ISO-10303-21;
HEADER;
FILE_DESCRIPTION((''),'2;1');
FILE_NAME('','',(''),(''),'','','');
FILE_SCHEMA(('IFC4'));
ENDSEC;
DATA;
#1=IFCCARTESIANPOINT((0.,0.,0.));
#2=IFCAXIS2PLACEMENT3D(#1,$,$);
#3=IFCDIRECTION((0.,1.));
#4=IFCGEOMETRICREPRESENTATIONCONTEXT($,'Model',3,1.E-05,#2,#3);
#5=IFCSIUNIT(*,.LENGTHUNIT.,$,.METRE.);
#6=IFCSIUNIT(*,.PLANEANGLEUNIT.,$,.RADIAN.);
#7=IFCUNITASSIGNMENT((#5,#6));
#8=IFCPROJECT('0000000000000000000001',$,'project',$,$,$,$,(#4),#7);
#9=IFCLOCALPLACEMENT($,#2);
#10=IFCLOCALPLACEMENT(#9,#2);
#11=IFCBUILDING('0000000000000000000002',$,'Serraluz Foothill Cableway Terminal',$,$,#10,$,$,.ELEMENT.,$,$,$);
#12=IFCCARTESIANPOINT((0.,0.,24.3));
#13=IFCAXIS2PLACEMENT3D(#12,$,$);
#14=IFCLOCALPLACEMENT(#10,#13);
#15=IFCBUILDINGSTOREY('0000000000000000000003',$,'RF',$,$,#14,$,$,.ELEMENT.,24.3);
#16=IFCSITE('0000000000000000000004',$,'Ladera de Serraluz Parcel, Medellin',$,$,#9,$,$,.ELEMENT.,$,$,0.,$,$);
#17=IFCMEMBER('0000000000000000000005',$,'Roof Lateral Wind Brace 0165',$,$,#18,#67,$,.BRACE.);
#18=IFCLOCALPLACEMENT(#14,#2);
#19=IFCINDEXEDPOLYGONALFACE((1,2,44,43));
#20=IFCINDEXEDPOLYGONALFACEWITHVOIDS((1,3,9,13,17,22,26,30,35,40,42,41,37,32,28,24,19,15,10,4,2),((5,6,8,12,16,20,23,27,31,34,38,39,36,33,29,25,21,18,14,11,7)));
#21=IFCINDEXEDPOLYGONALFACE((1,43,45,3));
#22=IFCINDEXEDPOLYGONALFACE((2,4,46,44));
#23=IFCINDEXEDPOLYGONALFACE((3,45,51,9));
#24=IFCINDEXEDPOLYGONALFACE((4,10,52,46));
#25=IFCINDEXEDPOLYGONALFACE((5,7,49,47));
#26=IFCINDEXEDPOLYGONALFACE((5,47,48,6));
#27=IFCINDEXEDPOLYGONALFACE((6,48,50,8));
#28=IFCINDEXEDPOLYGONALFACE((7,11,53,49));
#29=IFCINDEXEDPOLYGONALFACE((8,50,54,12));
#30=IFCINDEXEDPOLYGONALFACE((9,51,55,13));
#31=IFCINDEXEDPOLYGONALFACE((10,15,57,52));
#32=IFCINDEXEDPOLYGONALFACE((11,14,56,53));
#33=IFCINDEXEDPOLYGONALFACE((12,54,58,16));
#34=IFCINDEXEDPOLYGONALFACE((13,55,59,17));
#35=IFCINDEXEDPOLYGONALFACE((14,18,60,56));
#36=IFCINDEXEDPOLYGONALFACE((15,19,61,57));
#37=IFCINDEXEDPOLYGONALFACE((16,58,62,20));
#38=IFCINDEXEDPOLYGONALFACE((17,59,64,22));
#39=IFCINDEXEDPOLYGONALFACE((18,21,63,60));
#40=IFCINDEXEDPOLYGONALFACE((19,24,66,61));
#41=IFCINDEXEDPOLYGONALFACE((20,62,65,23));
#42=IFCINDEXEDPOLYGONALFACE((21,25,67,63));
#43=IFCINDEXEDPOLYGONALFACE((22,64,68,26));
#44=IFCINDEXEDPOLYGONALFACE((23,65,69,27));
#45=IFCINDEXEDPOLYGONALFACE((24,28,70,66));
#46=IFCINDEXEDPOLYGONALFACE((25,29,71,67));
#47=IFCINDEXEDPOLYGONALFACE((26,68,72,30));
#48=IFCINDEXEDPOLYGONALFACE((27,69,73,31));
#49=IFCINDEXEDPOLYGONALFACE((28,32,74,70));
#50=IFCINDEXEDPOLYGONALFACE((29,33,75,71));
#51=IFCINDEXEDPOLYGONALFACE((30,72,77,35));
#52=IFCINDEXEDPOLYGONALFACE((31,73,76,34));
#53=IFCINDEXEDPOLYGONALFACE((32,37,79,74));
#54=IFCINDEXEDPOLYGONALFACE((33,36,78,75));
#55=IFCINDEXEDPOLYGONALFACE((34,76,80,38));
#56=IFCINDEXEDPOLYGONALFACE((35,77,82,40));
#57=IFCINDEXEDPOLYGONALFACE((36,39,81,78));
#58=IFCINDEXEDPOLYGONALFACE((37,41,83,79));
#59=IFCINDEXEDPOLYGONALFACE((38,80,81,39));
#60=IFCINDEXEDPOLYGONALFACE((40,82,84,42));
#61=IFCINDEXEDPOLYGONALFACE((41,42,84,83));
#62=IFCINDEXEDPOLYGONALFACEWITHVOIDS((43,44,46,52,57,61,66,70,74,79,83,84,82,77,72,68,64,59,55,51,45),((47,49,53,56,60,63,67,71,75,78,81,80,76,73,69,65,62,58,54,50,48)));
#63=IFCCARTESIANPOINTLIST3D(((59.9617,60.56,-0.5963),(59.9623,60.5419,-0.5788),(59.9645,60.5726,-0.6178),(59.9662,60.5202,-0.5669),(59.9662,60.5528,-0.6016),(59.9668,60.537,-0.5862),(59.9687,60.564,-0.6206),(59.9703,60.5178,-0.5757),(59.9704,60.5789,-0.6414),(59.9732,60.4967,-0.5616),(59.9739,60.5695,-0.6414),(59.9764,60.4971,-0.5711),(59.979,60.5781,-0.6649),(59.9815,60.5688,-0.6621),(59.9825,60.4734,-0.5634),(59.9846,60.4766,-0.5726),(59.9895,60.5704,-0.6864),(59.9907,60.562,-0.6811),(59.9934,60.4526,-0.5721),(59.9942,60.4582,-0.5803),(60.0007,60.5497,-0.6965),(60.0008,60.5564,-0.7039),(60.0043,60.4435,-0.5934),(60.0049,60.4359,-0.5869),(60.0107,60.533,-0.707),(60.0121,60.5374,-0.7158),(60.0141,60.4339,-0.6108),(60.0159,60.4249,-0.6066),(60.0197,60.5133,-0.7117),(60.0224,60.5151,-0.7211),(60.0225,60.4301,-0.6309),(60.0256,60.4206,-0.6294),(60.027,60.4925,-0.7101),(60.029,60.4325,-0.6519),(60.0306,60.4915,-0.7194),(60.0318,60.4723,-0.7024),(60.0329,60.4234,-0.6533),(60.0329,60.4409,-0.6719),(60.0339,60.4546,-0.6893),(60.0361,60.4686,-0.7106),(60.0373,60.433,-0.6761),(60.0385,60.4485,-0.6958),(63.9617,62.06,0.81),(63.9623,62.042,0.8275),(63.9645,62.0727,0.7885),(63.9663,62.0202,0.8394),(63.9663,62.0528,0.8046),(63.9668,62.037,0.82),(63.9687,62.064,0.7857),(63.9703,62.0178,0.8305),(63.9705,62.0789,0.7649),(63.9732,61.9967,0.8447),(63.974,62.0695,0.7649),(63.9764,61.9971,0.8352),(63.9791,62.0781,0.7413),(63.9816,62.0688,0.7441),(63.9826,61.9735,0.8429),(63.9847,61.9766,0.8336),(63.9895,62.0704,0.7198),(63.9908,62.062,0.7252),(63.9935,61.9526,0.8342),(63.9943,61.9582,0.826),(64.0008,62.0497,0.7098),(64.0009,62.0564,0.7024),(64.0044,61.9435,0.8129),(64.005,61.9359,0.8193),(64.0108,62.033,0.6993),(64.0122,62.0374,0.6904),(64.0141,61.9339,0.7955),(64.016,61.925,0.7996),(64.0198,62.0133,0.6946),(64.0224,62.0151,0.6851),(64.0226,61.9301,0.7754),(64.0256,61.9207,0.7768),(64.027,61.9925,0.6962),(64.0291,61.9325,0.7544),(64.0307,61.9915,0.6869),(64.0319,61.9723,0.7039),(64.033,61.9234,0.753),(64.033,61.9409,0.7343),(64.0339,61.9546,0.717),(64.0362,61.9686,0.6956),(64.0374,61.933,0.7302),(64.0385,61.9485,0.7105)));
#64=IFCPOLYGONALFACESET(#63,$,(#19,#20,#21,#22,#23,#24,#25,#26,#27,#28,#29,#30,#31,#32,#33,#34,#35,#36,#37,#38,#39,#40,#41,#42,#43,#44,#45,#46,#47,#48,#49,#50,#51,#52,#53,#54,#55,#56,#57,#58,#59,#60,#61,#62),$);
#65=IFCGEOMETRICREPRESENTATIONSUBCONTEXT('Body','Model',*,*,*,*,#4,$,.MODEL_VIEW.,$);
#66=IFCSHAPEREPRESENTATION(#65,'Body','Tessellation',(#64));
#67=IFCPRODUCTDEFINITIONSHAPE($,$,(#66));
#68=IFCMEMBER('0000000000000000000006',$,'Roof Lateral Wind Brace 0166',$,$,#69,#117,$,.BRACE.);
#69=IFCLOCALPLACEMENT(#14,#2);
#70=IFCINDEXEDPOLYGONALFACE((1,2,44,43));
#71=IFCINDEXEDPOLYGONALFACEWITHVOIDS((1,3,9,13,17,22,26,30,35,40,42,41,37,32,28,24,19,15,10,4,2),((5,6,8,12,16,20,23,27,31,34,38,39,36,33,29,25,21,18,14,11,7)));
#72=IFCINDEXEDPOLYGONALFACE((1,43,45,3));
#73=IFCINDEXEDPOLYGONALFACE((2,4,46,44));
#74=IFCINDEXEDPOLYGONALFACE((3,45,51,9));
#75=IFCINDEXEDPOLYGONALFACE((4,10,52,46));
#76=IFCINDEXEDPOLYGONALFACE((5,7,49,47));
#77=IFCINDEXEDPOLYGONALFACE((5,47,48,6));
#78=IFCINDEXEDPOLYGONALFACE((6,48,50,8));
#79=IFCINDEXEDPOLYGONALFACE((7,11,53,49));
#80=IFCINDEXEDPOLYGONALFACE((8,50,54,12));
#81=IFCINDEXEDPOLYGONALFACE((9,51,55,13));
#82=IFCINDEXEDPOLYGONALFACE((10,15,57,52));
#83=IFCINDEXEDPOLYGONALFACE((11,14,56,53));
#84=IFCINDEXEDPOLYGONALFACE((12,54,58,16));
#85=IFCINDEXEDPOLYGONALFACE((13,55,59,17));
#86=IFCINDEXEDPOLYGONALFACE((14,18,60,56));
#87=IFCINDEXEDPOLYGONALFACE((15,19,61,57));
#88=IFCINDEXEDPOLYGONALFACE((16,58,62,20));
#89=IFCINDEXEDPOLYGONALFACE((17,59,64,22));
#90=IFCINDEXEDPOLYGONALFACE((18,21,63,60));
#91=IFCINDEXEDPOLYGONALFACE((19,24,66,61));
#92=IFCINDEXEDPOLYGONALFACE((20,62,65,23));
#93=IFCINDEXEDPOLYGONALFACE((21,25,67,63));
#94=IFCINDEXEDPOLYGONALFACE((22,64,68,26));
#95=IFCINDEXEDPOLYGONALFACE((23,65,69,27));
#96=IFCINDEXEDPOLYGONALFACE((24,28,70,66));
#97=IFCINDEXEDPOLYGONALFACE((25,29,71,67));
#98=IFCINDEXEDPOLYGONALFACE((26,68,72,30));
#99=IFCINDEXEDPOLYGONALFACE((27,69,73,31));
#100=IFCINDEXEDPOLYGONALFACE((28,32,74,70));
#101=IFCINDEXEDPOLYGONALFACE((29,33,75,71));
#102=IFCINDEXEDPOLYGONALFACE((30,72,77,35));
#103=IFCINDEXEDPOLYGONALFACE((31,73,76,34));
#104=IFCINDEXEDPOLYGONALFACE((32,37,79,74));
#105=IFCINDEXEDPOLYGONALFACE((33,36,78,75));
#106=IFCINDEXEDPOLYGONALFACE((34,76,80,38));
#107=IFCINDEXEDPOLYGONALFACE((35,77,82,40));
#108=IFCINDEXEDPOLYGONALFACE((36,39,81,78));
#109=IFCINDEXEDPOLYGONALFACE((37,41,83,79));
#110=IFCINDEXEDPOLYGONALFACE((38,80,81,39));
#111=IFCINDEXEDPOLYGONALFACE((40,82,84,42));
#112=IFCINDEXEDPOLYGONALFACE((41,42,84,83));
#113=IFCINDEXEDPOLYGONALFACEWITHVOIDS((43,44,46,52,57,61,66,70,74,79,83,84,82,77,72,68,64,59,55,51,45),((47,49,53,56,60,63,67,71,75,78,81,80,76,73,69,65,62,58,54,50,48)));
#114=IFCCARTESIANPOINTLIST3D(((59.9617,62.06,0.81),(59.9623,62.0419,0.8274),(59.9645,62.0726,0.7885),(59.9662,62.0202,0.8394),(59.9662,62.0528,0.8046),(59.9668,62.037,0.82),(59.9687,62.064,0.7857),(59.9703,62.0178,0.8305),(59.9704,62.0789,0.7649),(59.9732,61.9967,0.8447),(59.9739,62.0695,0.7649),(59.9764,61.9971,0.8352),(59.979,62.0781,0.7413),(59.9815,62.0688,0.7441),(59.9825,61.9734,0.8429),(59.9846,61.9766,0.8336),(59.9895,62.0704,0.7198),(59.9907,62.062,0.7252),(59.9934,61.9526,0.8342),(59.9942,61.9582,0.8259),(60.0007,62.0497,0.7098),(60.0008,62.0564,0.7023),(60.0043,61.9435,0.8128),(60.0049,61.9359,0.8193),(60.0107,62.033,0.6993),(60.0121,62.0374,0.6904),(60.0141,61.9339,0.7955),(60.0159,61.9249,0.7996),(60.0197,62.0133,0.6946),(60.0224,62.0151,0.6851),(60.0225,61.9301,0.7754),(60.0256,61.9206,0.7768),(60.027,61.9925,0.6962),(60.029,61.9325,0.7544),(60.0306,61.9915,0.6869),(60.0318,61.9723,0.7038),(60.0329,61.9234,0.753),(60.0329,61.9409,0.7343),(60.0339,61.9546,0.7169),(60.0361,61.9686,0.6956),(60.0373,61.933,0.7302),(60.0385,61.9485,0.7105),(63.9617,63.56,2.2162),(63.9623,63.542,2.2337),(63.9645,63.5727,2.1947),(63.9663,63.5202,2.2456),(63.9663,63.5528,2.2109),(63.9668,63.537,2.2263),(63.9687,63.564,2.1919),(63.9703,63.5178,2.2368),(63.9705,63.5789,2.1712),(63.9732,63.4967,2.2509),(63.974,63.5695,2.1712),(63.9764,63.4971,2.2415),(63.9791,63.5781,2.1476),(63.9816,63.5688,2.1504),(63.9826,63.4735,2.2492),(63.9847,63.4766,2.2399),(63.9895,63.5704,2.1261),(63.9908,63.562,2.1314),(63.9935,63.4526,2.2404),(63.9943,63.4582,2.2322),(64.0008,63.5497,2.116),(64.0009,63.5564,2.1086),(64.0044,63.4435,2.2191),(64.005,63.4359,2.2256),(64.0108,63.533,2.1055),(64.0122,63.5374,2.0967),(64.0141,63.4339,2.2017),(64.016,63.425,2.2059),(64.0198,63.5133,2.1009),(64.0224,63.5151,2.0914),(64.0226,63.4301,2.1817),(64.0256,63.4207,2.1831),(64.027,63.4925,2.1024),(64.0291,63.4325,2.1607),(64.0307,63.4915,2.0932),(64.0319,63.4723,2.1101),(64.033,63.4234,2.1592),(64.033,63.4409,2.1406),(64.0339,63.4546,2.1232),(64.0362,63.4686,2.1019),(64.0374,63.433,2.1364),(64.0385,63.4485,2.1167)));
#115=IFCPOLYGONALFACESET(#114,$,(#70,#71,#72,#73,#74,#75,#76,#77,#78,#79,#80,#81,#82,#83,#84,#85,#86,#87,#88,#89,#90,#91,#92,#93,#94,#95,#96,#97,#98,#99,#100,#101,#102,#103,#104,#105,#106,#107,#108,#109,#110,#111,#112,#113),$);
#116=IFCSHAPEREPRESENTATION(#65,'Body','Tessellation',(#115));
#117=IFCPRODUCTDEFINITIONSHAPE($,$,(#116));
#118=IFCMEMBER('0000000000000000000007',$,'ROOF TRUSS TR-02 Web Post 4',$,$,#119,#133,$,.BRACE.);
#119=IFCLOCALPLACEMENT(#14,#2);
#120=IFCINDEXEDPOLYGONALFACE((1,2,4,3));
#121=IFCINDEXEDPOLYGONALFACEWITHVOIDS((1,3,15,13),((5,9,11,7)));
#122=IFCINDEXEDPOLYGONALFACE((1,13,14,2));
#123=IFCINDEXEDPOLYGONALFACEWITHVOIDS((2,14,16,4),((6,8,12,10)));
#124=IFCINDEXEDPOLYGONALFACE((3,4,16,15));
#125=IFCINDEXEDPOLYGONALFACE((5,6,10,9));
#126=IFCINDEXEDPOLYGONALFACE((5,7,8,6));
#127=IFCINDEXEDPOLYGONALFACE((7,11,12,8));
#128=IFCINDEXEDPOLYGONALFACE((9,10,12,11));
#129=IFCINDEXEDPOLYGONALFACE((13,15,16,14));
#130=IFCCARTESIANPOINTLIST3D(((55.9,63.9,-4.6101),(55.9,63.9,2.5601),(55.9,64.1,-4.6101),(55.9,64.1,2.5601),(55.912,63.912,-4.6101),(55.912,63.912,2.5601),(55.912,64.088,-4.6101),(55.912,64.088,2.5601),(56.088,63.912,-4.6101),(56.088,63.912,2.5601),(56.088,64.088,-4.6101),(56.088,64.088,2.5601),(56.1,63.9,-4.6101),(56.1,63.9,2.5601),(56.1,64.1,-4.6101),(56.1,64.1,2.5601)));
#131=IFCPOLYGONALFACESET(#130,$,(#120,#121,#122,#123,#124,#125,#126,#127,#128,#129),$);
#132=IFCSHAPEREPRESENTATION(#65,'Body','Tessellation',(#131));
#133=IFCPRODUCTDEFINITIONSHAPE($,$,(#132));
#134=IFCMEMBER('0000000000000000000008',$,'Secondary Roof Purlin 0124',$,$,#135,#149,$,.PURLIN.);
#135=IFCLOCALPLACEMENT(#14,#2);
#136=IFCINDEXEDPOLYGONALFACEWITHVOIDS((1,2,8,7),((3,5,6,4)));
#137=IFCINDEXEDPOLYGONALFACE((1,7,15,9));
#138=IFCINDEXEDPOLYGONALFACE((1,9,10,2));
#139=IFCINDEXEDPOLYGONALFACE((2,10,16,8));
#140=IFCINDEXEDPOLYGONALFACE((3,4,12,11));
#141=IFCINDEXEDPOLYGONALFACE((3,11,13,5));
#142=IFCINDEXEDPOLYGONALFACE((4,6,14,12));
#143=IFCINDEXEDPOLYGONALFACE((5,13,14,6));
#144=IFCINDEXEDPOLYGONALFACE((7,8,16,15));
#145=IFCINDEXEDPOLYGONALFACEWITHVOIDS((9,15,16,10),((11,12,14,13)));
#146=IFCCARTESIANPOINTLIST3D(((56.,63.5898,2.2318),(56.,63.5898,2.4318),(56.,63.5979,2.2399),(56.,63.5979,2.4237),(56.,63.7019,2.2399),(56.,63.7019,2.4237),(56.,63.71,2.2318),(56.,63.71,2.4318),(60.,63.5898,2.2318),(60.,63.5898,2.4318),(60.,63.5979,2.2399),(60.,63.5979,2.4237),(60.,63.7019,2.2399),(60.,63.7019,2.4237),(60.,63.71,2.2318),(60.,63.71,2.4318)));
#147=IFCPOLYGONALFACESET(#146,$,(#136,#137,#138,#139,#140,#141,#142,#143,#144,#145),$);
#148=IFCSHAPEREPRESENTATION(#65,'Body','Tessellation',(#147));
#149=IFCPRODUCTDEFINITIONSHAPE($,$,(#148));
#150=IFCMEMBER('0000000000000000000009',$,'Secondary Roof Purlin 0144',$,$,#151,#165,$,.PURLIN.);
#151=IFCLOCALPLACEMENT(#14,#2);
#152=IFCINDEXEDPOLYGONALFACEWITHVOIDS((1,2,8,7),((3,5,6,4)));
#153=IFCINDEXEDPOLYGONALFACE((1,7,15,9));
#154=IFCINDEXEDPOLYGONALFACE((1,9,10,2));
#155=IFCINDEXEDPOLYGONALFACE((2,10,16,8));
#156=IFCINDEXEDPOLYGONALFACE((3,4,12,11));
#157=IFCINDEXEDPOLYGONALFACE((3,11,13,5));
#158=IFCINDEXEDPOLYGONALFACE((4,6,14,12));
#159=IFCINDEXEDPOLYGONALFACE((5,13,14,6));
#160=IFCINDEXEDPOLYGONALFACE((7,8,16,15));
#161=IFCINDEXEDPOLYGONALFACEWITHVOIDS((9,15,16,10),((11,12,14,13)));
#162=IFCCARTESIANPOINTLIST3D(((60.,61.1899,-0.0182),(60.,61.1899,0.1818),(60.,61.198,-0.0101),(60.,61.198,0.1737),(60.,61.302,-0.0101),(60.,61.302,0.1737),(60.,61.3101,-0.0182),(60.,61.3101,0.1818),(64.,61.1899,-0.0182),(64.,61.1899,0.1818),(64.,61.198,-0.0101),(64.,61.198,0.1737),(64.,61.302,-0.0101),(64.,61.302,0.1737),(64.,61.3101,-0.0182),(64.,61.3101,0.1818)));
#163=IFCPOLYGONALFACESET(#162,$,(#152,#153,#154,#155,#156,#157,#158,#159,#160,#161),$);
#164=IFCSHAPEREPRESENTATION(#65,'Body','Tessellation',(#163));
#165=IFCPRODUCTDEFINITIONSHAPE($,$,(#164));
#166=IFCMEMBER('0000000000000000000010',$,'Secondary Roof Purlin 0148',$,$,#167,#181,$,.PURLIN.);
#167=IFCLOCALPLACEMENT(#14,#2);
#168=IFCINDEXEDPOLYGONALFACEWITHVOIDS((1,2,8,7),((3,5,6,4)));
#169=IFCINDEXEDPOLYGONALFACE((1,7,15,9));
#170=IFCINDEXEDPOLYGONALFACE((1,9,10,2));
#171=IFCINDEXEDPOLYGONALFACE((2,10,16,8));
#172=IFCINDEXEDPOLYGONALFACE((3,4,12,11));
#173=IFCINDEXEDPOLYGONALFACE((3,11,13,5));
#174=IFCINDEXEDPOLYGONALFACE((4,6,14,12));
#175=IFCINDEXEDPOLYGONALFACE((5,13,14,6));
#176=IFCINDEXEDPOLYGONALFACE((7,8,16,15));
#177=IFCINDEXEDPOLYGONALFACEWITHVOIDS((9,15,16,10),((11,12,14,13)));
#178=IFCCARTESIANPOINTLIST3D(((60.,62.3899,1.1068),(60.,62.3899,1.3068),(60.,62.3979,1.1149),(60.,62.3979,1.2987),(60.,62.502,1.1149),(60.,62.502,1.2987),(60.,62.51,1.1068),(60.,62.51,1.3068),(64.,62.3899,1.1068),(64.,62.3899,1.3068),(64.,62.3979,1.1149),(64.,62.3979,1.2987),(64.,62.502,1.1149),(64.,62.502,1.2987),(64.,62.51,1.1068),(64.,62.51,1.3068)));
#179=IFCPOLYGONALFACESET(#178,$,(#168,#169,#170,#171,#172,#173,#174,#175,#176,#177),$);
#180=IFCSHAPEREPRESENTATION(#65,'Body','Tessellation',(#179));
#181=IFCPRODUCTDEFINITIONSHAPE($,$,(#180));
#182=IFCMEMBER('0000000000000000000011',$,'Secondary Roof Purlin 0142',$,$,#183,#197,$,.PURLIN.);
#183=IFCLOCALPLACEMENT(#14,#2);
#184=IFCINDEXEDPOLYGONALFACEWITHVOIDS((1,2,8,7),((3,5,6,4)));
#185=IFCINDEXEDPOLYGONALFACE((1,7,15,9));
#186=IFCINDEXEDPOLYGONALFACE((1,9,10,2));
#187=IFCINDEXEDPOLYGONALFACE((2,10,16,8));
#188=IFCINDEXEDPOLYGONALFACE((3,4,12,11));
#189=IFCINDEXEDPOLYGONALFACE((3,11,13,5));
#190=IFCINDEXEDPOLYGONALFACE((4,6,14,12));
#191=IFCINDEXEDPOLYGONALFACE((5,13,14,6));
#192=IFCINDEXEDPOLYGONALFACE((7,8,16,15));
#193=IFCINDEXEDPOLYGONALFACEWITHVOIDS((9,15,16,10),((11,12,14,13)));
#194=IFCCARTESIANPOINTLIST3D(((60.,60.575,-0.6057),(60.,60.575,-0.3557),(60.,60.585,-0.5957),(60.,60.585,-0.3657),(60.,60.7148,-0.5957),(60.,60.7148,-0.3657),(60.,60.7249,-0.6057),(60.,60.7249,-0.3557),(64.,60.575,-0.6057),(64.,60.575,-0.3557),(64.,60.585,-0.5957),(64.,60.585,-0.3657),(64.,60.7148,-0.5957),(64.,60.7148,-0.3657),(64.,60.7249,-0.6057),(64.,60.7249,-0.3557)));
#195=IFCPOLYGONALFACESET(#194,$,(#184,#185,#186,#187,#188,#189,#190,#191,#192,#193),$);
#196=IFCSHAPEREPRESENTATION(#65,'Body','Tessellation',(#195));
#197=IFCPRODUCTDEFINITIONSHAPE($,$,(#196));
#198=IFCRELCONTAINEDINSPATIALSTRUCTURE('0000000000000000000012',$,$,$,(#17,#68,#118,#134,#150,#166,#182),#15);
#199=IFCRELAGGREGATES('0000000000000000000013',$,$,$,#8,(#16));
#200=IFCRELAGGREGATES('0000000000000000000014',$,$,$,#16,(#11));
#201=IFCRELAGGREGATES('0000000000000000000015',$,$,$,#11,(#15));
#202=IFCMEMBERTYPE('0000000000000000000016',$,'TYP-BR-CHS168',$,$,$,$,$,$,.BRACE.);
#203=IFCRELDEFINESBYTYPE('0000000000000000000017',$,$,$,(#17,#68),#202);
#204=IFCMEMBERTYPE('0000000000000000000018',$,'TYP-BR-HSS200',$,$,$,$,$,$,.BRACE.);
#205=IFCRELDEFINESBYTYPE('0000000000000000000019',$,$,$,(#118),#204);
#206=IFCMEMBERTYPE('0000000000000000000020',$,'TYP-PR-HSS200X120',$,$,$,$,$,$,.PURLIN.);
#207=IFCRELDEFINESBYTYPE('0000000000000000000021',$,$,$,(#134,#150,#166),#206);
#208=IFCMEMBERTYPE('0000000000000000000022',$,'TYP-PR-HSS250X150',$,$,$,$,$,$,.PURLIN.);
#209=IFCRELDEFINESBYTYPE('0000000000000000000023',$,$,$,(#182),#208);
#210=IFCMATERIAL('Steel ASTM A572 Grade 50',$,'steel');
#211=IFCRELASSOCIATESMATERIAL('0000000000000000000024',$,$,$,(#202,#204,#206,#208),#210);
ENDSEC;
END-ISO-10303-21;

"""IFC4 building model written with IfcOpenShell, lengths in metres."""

from ifc_helpers import new_model, si_unit, direction, frame, origin, origin_2d, place, context, subcontext, project, spatial, hollow_rectangle, hollow_circle, extrude, material, material_profile, profile_set, type_object, element, save


model = new_model("IFC4")

# Units and contexts
model_context = context("Model", 3, precision=1e-05, world=origin(), true_north=direction((0.0, 1.0)))
body_context = subcontext(model_context, "Body", "Model", "MODEL_VIEW")
ifc_project = project(units=[si_unit("LENGTHUNIT", "METRE"), si_unit("PLANEANGLEUNIT", "RADIAN")], contexts=[model_context])

# Site, building, storey
site_placement = place(None, origin())
site = spatial("IfcSite", under=ifc_project, at=site_placement, Name="Ladera de Serraluz Parcel, Medellin", CompositionType="ELEMENT", RefElevation=0.0)
building_placement = place(site_placement, origin())
building = spatial("IfcBuilding", under=site, at=building_placement, Name="Serraluz Foothill Cableway Terminal", CompositionType="ELEMENT")
storey_placement = place(building_placement, frame((0.0, 0.0, 24.3)))
storey = spatial("IfcBuildingStorey", under=building, at=storey_placement, Name="RF", CompositionType="ELEMENT", Elevation=24.3)

# Members
ifc_material_1 = material(Name="Steel ASTM A572 Grade 50", Category="steel")
ifc_material_profile_1 = material_profile(ifc_material_1, hollow_circle(Radius=0.0842, WallThickness=0.01, at=origin_2d()), Name="CHS168X10")
ifc_profile_set_1 = profile_set([ifc_material_profile_1], Name="Steel ASTM A572 Grade 50")
member_type_1 = type_object("IfcMemberType", Name="TYP-BR-CHS168", PredefinedType="BRACE", material=ifc_profile_set_1)
for number, where, z_axis, x_axis, name in (
    (1, (60.0, 60.5, -0.6414), (0.889382, 0.333518, 0.312673), (-0.351123, 0.936329, 0.0), "Roof Lateral Wind Brace 0165"),
    (2, (60.0, 62.0, 0.7649), (0.889382, 0.333518, 0.312673), (-0.351123, 0.936329, 0.0), "Roof Lateral Wind Brace 0166"),
):
    element("IfcMember", number, at=place(storey_placement, frame(where, z_axis=z_axis, x_axis=x_axis)), inside=storey, type_object=member_type_1, Name=name, PredefinedType="BRACE", context=body_context, shape_type="SweptSolid", body=[
        extrude(hollow_circle(Radius=0.0842, WallThickness=0.01, at=origin_2d()), origin(), (0.0, 0.0, 1.0), 4.4976),
    ])
ifc_material_profile_2 = material_profile(ifc_material_1, hollow_rectangle(XDim=0.2, YDim=0.2, WallThickness=0.012, at=origin_2d()), Name="HSS200X200X12")
ifc_profile_set_2 = profile_set([ifc_material_profile_2], Name="Steel ASTM A572 Grade 50")
member_type_2 = type_object("IfcMemberType", Name="TYP-BR-HSS200", PredefinedType="BRACE", material=ifc_profile_set_2)
member_1_placement = place(storey_placement, frame((56.0, 64.0, -4.6101), z_axis=(0.0, 0.0, 1.0), x_axis=(1.0, 0.0, 0.0)))
element("IfcMember", 3, at=member_1_placement, inside=storey, type_object=member_type_2, Name="ROOF TRUSS TR-02 Web Post 4", PredefinedType="BRACE", context=body_context, shape_type="SweptSolid", body=[
    extrude(hollow_rectangle(XDim=0.2, YDim=0.2, WallThickness=0.012, at=origin_2d()), origin(), (0.0, 0.0, 1.0), 7.1702),
])
ifc_material_profile_3 = material_profile(ifc_material_1, hollow_rectangle(XDim=0.1201, YDim=0.2, WallThickness=0.0081, at=origin_2d()), Name="HSS200X120X8")
ifc_profile_set_3 = profile_set([ifc_material_profile_3], Name="Steel ASTM A572 Grade 50")
member_type_3 = type_object("IfcMemberType", Name="TYP-PR-HSS200X120", PredefinedType="PURLIN", material=ifc_profile_set_3)
for number, where, z_axis, x_axis, name in (
    (4, (56.0, 63.6499, 2.3318), (1.0, 0.0, 0.0), (0.0, 1.0, 0.0), "Secondary Roof Purlin 0124"),
    (5, (60.0, 61.25, 0.0818), (1.0, 0.0, 0.0), (0.0, 1.0, 0.0), "Secondary Roof Purlin 0144"),
    (6, (60.0, 62.45, 1.2068), (1.0, 0.0, 0.0), (0.0, 1.0, 0.0), "Secondary Roof Purlin 0148"),
):
    element("IfcMember", number, at=place(storey_placement, frame(where, z_axis=z_axis, x_axis=x_axis)), inside=storey, type_object=member_type_3, Name=name, PredefinedType="PURLIN", context=body_context, shape_type="SweptSolid", body=[
        extrude(hollow_rectangle(XDim=0.1201, YDim=0.2, WallThickness=0.0081, at=origin_2d()), origin(), (0.0, 0.0, 1.0), 4.0),
    ])
ifc_material_profile_4 = material_profile(ifc_material_1, hollow_rectangle(XDim=0.1499, YDim=0.25, WallThickness=0.01, at=origin_2d()), Name="HSS250X150X10")
ifc_profile_set_4 = profile_set([ifc_material_profile_4], Name="Steel ASTM A572 Grade 50")
member_type_4 = type_object("IfcMemberType", Name="TYP-PR-HSS250X150", PredefinedType="PURLIN", material=ifc_profile_set_4)
for number, where, z_axis, x_axis, name in (
    (7, (60.0, 60.6499, -0.4807), (1.0, 0.0, 0.0), (0.0, 1.0, 0.0), "Secondary Roof Purlin 0142"),
):
    element("IfcMember", number, at=place(storey_placement, frame(where, z_axis=z_axis, x_axis=x_axis)), inside=storey, type_object=member_type_4, Name=name, PredefinedType="PURLIN", context=body_context, shape_type="SweptSolid", body=[
        extrude(hollow_rectangle(XDim=0.1499, YDim=0.25, WallThickness=0.01, at=origin_2d()), origin(), (0.0, 0.0, 1.0), 4.0),
    ])

save(model, "model.ifc")
